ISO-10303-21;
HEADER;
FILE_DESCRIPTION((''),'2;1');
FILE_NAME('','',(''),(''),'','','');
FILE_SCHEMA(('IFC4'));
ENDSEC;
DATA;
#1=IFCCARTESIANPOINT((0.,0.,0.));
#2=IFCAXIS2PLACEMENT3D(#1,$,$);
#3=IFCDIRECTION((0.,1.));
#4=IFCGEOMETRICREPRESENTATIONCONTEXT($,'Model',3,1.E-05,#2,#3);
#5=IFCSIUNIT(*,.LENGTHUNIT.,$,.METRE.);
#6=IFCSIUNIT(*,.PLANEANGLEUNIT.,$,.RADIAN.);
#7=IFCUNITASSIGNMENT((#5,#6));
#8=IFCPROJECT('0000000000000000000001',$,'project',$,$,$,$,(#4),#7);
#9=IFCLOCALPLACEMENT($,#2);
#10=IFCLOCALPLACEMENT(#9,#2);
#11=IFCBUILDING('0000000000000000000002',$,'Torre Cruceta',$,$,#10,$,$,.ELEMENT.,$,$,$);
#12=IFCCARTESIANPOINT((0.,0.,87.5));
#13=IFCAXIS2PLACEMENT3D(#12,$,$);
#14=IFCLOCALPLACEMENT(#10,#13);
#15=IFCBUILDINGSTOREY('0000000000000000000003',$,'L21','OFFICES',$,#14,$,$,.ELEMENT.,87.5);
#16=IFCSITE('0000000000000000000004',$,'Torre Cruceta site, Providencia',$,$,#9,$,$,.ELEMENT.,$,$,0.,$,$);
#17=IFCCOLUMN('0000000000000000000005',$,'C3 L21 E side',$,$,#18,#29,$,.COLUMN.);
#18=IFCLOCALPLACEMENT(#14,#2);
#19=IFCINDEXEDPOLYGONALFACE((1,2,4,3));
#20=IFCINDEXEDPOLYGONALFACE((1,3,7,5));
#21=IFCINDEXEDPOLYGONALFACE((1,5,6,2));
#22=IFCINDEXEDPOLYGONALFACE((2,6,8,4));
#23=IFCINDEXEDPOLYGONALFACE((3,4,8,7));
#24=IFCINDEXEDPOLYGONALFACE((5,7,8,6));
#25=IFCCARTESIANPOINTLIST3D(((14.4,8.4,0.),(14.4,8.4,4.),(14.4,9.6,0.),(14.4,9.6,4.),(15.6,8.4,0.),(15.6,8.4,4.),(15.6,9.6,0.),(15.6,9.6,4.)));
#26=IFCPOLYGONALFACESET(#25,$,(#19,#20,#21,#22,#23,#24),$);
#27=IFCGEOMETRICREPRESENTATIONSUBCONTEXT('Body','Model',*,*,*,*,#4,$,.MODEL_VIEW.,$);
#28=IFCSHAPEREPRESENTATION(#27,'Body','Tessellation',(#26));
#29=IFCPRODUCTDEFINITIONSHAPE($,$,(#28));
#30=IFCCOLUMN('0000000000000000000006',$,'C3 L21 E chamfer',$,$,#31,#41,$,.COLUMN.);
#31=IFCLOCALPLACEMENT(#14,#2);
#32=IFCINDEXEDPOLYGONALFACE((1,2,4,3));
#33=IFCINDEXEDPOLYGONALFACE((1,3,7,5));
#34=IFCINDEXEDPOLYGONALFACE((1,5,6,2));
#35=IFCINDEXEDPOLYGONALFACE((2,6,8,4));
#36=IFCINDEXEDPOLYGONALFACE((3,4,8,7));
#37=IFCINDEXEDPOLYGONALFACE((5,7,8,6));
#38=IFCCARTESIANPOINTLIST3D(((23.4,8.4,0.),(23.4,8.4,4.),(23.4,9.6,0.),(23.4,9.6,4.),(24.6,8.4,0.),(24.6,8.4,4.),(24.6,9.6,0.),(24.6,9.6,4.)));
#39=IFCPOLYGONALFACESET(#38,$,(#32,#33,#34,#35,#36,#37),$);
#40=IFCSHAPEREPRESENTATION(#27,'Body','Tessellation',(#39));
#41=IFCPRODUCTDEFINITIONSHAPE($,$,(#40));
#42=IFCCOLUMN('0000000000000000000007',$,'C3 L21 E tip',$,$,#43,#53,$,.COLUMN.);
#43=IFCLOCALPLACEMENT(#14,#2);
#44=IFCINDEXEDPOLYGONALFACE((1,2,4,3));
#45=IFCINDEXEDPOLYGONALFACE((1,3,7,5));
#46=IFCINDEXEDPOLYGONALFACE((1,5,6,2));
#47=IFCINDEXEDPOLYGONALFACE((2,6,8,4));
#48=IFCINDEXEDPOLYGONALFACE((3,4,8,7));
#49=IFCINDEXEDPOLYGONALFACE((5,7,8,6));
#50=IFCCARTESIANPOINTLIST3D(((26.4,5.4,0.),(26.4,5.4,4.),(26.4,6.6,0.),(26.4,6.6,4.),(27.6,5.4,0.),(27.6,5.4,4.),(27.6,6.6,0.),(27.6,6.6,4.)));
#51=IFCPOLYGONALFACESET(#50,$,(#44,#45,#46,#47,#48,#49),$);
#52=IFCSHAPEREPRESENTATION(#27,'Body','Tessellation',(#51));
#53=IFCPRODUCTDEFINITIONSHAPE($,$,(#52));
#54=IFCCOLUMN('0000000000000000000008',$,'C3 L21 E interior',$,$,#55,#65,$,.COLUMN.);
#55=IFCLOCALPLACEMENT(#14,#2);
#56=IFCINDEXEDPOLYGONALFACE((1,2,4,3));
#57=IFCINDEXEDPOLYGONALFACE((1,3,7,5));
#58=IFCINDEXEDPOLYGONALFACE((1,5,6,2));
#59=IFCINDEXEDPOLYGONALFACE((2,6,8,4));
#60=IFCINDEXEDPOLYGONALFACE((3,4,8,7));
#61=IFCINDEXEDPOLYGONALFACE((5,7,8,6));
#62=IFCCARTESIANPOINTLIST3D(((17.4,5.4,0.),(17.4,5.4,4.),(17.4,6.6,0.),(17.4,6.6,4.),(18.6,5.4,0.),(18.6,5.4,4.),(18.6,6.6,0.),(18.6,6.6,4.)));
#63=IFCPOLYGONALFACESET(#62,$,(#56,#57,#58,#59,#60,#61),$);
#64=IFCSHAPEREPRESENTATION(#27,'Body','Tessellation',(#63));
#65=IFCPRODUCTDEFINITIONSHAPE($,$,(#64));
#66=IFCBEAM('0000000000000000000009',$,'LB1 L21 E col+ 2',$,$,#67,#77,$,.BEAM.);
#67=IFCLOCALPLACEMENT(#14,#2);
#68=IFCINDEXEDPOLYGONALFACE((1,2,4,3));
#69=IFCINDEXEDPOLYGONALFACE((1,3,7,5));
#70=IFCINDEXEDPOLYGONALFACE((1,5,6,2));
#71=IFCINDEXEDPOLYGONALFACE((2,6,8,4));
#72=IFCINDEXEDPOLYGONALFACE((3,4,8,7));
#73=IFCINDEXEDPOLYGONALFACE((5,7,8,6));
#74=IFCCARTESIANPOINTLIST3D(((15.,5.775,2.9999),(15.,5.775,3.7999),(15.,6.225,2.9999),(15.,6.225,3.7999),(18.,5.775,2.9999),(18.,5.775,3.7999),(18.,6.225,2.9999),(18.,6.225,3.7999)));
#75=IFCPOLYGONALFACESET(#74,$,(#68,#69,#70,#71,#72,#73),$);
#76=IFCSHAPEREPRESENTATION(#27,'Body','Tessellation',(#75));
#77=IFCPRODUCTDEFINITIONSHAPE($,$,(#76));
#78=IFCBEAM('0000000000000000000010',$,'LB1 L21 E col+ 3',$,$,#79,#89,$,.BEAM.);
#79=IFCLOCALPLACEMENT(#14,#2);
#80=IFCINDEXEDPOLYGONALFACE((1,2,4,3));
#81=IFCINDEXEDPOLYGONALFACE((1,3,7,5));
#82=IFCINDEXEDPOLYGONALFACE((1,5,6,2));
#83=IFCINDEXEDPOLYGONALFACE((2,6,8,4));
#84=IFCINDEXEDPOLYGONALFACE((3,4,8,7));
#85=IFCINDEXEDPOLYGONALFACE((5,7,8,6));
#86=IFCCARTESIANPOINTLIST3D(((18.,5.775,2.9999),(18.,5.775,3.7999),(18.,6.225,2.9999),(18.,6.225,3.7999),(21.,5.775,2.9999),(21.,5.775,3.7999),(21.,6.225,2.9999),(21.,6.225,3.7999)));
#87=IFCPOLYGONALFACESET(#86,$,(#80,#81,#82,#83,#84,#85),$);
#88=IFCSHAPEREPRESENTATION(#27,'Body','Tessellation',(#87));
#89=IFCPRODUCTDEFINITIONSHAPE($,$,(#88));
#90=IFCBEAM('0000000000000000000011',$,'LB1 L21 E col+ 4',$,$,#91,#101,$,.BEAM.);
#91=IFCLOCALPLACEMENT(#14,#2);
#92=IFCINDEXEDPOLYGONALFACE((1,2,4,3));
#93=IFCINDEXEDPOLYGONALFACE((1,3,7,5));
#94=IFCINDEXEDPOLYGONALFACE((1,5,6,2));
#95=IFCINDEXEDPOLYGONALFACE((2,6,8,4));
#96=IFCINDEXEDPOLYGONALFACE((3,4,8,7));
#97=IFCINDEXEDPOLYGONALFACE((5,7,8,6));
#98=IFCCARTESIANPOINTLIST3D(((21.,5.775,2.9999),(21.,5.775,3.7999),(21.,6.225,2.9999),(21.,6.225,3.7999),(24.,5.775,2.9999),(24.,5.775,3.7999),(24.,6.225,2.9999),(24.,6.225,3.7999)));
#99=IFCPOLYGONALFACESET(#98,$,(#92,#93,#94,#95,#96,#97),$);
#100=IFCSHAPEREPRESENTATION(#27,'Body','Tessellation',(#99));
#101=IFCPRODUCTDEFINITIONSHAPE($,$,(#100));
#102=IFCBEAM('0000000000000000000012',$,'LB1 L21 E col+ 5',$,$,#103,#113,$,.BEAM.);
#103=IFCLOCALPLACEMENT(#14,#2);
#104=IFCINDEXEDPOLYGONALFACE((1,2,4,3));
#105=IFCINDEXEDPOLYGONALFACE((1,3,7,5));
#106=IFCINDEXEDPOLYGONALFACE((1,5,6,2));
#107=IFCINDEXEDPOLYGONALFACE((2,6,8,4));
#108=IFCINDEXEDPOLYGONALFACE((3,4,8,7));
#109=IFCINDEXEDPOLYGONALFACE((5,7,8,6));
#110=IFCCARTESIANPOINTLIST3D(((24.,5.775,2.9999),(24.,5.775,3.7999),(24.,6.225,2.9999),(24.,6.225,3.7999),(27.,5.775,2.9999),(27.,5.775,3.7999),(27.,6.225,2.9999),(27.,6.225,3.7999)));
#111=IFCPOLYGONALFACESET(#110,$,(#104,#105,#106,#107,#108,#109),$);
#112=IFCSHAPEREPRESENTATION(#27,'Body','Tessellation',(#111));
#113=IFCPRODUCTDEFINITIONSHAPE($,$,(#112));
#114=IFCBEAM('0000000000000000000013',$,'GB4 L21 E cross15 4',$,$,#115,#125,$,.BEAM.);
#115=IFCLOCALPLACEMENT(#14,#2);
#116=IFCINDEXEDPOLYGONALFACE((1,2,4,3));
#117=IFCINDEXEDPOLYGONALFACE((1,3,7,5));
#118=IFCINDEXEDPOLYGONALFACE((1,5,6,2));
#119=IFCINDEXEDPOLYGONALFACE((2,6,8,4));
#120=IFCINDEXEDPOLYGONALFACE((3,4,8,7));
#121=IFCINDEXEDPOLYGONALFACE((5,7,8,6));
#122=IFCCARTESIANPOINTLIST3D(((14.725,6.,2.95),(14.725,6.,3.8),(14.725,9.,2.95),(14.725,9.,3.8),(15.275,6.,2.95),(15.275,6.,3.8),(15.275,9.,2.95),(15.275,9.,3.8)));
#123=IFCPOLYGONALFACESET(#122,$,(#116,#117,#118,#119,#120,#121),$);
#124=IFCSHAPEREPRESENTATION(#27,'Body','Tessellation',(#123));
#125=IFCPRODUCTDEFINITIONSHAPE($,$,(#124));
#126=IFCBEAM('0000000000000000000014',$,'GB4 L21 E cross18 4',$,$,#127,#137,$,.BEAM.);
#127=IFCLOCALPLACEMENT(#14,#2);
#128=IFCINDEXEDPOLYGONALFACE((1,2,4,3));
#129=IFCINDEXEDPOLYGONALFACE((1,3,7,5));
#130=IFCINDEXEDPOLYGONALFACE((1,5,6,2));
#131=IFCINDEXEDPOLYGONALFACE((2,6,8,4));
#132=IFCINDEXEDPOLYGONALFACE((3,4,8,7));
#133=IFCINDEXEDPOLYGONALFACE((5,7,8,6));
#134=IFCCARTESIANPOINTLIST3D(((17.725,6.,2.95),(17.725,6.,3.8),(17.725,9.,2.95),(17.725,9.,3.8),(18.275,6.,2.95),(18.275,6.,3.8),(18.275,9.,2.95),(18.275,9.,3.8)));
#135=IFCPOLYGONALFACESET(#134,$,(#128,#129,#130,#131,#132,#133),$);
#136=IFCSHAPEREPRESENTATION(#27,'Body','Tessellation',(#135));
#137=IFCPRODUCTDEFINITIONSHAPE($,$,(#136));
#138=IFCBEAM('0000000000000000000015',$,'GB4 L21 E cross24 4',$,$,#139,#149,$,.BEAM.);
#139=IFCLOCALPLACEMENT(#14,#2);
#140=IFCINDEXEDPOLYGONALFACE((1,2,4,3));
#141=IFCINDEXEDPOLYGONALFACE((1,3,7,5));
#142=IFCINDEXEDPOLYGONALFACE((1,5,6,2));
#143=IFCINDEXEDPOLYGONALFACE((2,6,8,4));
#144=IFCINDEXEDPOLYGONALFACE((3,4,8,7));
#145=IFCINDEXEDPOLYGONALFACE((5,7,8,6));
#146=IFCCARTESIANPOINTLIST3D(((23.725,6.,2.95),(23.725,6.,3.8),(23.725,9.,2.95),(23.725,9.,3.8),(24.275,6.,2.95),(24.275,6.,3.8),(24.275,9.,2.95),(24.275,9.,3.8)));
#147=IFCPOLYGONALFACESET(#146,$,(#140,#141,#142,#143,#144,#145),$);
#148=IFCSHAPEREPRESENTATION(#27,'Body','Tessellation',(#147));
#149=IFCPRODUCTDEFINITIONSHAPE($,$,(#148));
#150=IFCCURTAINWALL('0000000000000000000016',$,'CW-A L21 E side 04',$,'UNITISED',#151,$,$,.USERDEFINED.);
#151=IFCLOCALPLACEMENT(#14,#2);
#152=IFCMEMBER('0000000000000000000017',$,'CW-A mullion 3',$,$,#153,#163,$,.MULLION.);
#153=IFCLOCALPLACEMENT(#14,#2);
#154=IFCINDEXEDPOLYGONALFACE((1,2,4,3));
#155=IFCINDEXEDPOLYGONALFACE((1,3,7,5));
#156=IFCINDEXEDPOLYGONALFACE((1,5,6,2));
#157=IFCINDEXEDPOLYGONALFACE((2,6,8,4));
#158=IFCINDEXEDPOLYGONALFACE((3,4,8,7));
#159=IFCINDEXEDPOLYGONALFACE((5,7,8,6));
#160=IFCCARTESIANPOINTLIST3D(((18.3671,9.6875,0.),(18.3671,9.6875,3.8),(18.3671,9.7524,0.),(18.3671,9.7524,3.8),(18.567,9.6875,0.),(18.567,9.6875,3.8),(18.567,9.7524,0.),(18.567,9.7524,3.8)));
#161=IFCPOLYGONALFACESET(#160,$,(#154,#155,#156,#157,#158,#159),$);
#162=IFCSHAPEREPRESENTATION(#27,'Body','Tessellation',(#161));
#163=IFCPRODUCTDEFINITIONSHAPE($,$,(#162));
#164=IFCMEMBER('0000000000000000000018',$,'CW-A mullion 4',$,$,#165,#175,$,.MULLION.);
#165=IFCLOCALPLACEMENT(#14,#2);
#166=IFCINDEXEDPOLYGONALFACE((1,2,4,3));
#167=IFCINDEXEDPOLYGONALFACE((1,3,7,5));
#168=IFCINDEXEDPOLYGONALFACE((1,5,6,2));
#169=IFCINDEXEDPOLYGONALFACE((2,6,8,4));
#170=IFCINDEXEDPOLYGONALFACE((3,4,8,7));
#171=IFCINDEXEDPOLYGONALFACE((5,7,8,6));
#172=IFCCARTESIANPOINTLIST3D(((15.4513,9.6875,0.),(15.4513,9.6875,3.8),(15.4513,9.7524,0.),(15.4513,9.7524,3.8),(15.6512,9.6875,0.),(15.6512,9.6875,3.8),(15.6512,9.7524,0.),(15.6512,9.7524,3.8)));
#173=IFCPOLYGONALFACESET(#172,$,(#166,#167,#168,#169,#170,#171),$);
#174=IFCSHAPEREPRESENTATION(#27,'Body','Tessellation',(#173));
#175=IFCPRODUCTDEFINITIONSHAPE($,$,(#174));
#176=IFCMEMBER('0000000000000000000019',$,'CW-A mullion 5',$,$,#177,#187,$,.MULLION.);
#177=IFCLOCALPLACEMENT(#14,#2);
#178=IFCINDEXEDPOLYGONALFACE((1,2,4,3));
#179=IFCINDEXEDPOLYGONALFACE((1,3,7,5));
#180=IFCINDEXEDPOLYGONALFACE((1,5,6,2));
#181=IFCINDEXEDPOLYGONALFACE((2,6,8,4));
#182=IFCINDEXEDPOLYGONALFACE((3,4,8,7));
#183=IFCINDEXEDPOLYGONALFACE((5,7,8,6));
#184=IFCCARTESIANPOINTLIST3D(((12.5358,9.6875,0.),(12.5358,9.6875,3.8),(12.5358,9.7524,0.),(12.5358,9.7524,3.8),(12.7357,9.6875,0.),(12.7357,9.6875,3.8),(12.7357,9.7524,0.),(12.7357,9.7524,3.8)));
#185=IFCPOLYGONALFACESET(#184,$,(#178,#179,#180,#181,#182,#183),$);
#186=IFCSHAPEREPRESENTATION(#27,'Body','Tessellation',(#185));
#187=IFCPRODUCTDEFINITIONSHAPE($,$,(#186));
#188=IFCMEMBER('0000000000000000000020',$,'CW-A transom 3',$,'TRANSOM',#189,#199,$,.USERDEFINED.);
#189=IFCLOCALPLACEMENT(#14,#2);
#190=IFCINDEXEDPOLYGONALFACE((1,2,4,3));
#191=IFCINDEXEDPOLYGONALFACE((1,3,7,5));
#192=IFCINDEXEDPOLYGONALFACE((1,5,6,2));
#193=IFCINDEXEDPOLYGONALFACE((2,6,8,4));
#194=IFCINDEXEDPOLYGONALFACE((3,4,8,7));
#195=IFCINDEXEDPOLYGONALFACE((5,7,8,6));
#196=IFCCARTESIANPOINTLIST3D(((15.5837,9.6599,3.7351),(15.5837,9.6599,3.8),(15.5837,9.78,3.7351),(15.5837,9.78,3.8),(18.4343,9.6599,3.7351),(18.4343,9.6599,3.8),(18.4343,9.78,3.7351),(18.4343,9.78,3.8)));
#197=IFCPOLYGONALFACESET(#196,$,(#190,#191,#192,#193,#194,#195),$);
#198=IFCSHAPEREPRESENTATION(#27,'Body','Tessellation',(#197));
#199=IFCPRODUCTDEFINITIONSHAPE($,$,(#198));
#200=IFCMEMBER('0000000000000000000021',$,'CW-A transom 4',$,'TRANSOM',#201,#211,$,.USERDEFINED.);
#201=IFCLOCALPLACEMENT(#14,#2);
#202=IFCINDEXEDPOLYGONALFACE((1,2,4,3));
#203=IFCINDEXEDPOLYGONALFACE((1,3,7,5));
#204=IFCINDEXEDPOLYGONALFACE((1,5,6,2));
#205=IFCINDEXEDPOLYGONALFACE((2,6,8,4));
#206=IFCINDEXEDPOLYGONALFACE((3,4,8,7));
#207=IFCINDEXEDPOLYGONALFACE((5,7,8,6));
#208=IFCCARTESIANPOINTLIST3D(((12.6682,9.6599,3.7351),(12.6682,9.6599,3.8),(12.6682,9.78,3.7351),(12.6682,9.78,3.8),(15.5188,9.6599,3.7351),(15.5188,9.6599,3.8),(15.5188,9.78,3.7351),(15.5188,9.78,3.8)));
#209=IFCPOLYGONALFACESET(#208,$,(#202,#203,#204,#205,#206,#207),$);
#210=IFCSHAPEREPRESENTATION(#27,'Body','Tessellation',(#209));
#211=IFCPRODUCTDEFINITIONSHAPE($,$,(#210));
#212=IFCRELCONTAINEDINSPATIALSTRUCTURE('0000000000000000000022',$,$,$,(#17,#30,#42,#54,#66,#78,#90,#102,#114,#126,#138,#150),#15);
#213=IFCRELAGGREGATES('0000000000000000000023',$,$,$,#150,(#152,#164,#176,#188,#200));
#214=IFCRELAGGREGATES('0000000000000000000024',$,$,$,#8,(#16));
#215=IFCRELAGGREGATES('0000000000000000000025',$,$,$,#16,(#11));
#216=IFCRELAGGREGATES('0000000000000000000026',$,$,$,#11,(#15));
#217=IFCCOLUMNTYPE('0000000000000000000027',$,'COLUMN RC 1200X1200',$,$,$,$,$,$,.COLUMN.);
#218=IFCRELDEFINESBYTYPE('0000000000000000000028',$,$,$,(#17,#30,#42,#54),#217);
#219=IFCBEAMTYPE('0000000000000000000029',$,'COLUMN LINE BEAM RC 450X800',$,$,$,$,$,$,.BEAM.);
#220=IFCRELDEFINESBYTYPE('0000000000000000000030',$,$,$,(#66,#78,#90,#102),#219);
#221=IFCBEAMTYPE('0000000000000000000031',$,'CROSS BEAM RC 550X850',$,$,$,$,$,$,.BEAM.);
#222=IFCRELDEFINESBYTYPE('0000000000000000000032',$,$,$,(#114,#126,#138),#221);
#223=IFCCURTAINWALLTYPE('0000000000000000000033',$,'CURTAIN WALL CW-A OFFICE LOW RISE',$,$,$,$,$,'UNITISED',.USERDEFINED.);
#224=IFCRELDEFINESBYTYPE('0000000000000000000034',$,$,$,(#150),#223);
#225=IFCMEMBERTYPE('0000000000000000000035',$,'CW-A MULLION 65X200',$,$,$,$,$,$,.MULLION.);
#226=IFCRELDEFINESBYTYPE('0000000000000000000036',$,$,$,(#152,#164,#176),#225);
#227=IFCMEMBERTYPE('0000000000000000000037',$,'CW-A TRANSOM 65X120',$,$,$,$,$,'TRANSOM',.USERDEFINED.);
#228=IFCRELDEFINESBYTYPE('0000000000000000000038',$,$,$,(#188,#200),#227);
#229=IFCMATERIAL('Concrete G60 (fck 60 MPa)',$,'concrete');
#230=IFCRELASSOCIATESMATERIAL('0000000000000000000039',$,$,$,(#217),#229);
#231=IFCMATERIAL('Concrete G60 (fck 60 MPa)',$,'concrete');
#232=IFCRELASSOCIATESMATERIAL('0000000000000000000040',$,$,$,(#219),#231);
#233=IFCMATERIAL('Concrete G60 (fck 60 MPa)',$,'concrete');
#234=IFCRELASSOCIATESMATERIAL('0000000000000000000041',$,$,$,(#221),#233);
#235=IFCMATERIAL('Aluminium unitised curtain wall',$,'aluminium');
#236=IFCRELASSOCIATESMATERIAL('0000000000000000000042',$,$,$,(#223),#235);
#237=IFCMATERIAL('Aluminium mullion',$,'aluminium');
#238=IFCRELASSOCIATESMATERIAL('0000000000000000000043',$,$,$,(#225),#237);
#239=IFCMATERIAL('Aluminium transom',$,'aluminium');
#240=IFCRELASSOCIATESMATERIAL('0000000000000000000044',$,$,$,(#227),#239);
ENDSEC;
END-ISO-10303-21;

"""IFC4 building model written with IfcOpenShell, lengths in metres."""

from ifc_helpers import new_model, si_unit, direction, frame, origin, origin_2d, place, context, subcontext, project, spatial, rectangle, extrude, material, material_profile, profile_set, type_object, element, aggregate, save


model = new_model("IFC4")

# Units and contexts
model_context = context("Model", 3, precision=1e-05, world=origin(), true_north=direction((0.0, 1.0)))
body_context = subcontext(model_context, "Body", "Model", "MODEL_VIEW")
ifc_project = project(units=[si_unit("LENGTHUNIT", "METRE"), si_unit("PLANEANGLEUNIT", "RADIAN")], contexts=[model_context])

# Site, building, storey
site_placement = place(None, origin())
site = spatial("IfcSite", under=ifc_project, at=site_placement, Name="Torre Cruceta site, Providencia", CompositionType="ELEMENT", RefElevation=0.0)
building_placement = place(site_placement, origin())
building = spatial("IfcBuilding", under=site, at=building_placement, Name="Torre Cruceta", CompositionType="ELEMENT")
storey_placement = place(building_placement, frame((0.0, 0.0, 87.5)))
storey = spatial("IfcBuildingStorey", under=building, at=storey_placement, Name="L21", Description="OFFICES", CompositionType="ELEMENT", Elevation=87.5)

# Columns
ifc_material_1 = material(Name="Concrete G60 (fck 60 MPa)", Category="concrete")
ifc_material_profile_1 = material_profile(ifc_material_1, rectangle(XDim=1.2, YDim=1.2, at=origin_2d()), Name="RC 1200X1200")
ifc_profile_set_1 = profile_set([ifc_material_profile_1], Name="Concrete G60 (fck 60 MPa)")
column_type = type_object("IfcColumnType", Name="COLUMN RC 1200X1200", PredefinedType="COLUMN", material=ifc_profile_set_1)
for number, where, z_axis, x_axis, name in (
    (1, (15.0, 9.0, 0.0), (0.0, 0.0, 1.0), (1.0, 0.0, 0.0), "C3 L21 E side"),
    (2, (24.0, 9.0, 0.0), (0.0, 0.0, 1.0), (1.0, 0.0, 0.0), "C3 L21 E chamfer"),
    (3, (27.0, 6.0, 0.0), (0.0, 0.0, 1.0), (1.0, 0.0, 0.0), "C3 L21 E tip"),
    (4, (18.0, 6.0, 0.0), (0.0, 0.0, 1.0), (1.0, 0.0, 0.0), "C3 L21 E interior"),
):
    element("IfcColumn", number, at=place(storey_placement, frame(where, z_axis=z_axis, x_axis=x_axis)), inside=storey, type_object=column_type, Name=name, PredefinedType="COLUMN", context=body_context, shape_type="SweptSolid", body=[
        extrude(rectangle(XDim=1.2, YDim=1.2, at=origin_2d()), origin(), (0.0, 0.0, 1.0), 4.0),
    ])

# Beams
ifc_material_2 = material(Name="Concrete G60 (fck 60 MPa)", Category="concrete")
ifc_material_profile_2 = material_profile(ifc_material_2, rectangle(XDim=0.45, YDim=0.8, at=origin_2d()), Name="RC 450X800")
ifc_profile_set_2 = profile_set([ifc_material_profile_2], Name="Concrete G60 (fck 60 MPa)")
beam_type_1 = type_object("IfcBeamType", Name="COLUMN LINE BEAM RC 450X800", PredefinedType="BEAM", material=ifc_profile_set_2)
for number, where, z_axis, x_axis, name in (
    (5, (15.0, 6.0, 3.3999), (1.0, 0.0, 0.0), (0.0, 1.0, 0.0), "LB1 L21 E col+ 2"),
    (6, (18.0, 6.0, 3.3999), (1.0, 0.0, 0.0), (0.0, 1.0, 0.0), "LB1 L21 E col+ 3"),
    (7, (21.0, 6.0, 3.3999), (1.0, 0.0, 0.0), (0.0, 1.0, 0.0), "LB1 L21 E col+ 4"),
    (8, (24.0, 6.0, 3.3999), (1.0, 0.0, 0.0), (0.0, 1.0, 0.0), "LB1 L21 E col+ 5"),
):
    element("IfcBeam", number, at=place(storey_placement, frame(where, z_axis=z_axis, x_axis=x_axis)), inside=storey, type_object=beam_type_1, Name=name, PredefinedType="BEAM", context=body_context, shape_type="SweptSolid", body=[
        extrude(rectangle(XDim=0.45, YDim=0.8, at=origin_2d()), origin(), (0.0, 0.0, 1.0), 3.0),
    ])
ifc_material_3 = material(Name="Concrete G60 (fck 60 MPa)", Category="concrete")
ifc_material_profile_3 = material_profile(ifc_material_3, rectangle(XDim=0.55, YDim=0.8501, at=origin_2d()), Name="RC 550X850")
ifc_profile_set_3 = profile_set([ifc_material_profile_3], Name="Concrete G60 (fck 60 MPa)")
beam_type_2 = type_object("IfcBeamType", Name="CROSS BEAM RC 550X850", PredefinedType="BEAM", material=ifc_profile_set_3)
for number, where, z_axis, x_axis, name in (
    (9, (15.0, 6.0, 3.375), (0.0, 1.0, 0.0), (-1.0, 0.0, 0.0), "GB4 L21 E cross15 4"),
    (10, (18.0, 6.0, 3.375), (0.0, 1.0, 0.0), (-1.0, 0.0, 0.0), "GB4 L21 E cross18 4"),
    (11, (24.0, 6.0, 3.375), (0.0, 1.0, 0.0), (-1.0, 0.0, 0.0), "GB4 L21 E cross24 4"),
):
    element("IfcBeam", number, at=place(storey_placement, frame(where, z_axis=z_axis, x_axis=x_axis)), inside=storey, type_object=beam_type_2, Name=name, PredefinedType="BEAM", context=body_context, shape_type="SweptSolid", body=[
        extrude(rectangle(XDim=0.55, YDim=0.8501, at=origin_2d()), origin(), (0.0, 0.0, 1.0), 3.0),
    ])

# Curtain wall, members
ifc_material_4 = material(Name="Aluminium unitised curtain wall", Category="aluminium")
curtain_wall_type = type_object("IfcCurtainWallType", Name="CURTAIN WALL CW-A OFFICE LOW RISE", ElementType="UNITISED", PredefinedType="USERDEFINED", material=ifc_material_4)
curtain_wall_placement = place(storey_placement, origin())
curtain_wall = element("IfcCurtainWall", 12, at=curtain_wall_placement, inside=storey, type_object=curtain_wall_type, Name="CW-A L21 E side 04", ObjectType="UNITISED", PredefinedType="USERDEFINED")
ifc_material_5 = material(Name="Aluminium mullion", Category="aluminium")
ifc_material_profile_4 = material_profile(ifc_material_5, rectangle(XDim=0.0649, YDim=0.2, at=origin_2d()), Name="AL 65X200")
ifc_profile_set_4 = profile_set([ifc_material_profile_4], Name="Aluminium mullion")
member_type_1 = type_object("IfcMemberType", Name="CW-A MULLION 65X200", PredefinedType="MULLION", material=ifc_profile_set_4)
member_1_placement = place(storey_placement, frame((18.467, 9.72, 0.0), z_axis=(0.0, 0.0, 1.0), x_axis=(0.0, -1.0, 0.0)))
member_1 = element("IfcMember", 13, at=member_1_placement, type_object=member_type_1, Name="CW-A mullion 3", PredefinedType="MULLION", context=body_context, shape_type="SweptSolid", body=[
    extrude(rectangle(XDim=0.0649, YDim=0.2, at=origin_2d()), origin(), (0.0, 0.0, 1.0), 3.8),
])
member_2_placement = place(storey_placement, frame((15.5513, 9.72, 0.0), z_axis=(0.0, 0.0, 1.0), x_axis=(0.0, -1.0, 0.0)))
member_2 = element("IfcMember", 14, at=member_2_placement, type_object=member_type_1, Name="CW-A mullion 4", PredefinedType="MULLION", context=body_context, shape_type="SweptSolid", body=[
    extrude(rectangle(XDim=0.0649, YDim=0.2, at=origin_2d()), origin(), (0.0, 0.0, 1.0), 3.8),
])
member_3_placement = place(storey_placement, frame((12.6357, 9.72, 0.0), z_axis=(0.0, 0.0, 1.0), x_axis=(0.0, -1.0, 0.0)))
member_3 = element("IfcMember", 15, at=member_3_placement, type_object=member_type_1, Name="CW-A mullion 5", PredefinedType="MULLION", context=body_context, shape_type="SweptSolid", body=[
    extrude(rectangle(XDim=0.0649, YDim=0.2, at=origin_2d()), origin(), (0.0, 0.0, 1.0), 3.8),
])
ifc_material_6 = material(Name="Aluminium transom", Category="aluminium")
ifc_material_profile_5 = material_profile(ifc_material_6, rectangle(XDim=0.1201, YDim=0.0649, at=origin_2d()), Name="AL 120X65")
ifc_profile_set_5 = profile_set([ifc_material_profile_5], Name="Aluminium transom")
member_type_2 = type_object("IfcMemberType", Name="CW-A TRANSOM 65X120", ElementType="TRANSOM", PredefinedType="USERDEFINED", material=ifc_profile_set_5)
member_4_placement = place(storey_placement, frame((18.4343, 9.72, 3.7676), z_axis=(-1.0, 0.0, 0.0), x_axis=(0.0, -1.0, 0.0)))
member_4 = element("IfcMember", 16, at=member_4_placement, type_object=member_type_2, Name="CW-A transom 3", ObjectType="TRANSOM", PredefinedType="USERDEFINED", context=body_context, shape_type="SweptSolid", body=[
    extrude(rectangle(XDim=0.1201, YDim=0.0649, at=origin_2d()), origin(), (0.0, 0.0, 1.0), 2.8506),
])
member_5_placement = place(storey_placement, frame((15.5188, 9.72, 3.7676), z_axis=(-1.0, 0.0, 0.0), x_axis=(0.0, -1.0, 0.0)))
member_5 = element("IfcMember", 17, at=member_5_placement, type_object=member_type_2, Name="CW-A transom 4", ObjectType="TRANSOM", PredefinedType="USERDEFINED", context=body_context, shape_type="SweptSolid", body=[
    extrude(rectangle(XDim=0.1201, YDim=0.0649, at=origin_2d()), origin(), (0.0, 0.0, 1.0), 2.8506),
])

aggregate(curtain_wall, [member_1, member_2, member_3, member_4, member_5])

save(model, "model.ifc")
